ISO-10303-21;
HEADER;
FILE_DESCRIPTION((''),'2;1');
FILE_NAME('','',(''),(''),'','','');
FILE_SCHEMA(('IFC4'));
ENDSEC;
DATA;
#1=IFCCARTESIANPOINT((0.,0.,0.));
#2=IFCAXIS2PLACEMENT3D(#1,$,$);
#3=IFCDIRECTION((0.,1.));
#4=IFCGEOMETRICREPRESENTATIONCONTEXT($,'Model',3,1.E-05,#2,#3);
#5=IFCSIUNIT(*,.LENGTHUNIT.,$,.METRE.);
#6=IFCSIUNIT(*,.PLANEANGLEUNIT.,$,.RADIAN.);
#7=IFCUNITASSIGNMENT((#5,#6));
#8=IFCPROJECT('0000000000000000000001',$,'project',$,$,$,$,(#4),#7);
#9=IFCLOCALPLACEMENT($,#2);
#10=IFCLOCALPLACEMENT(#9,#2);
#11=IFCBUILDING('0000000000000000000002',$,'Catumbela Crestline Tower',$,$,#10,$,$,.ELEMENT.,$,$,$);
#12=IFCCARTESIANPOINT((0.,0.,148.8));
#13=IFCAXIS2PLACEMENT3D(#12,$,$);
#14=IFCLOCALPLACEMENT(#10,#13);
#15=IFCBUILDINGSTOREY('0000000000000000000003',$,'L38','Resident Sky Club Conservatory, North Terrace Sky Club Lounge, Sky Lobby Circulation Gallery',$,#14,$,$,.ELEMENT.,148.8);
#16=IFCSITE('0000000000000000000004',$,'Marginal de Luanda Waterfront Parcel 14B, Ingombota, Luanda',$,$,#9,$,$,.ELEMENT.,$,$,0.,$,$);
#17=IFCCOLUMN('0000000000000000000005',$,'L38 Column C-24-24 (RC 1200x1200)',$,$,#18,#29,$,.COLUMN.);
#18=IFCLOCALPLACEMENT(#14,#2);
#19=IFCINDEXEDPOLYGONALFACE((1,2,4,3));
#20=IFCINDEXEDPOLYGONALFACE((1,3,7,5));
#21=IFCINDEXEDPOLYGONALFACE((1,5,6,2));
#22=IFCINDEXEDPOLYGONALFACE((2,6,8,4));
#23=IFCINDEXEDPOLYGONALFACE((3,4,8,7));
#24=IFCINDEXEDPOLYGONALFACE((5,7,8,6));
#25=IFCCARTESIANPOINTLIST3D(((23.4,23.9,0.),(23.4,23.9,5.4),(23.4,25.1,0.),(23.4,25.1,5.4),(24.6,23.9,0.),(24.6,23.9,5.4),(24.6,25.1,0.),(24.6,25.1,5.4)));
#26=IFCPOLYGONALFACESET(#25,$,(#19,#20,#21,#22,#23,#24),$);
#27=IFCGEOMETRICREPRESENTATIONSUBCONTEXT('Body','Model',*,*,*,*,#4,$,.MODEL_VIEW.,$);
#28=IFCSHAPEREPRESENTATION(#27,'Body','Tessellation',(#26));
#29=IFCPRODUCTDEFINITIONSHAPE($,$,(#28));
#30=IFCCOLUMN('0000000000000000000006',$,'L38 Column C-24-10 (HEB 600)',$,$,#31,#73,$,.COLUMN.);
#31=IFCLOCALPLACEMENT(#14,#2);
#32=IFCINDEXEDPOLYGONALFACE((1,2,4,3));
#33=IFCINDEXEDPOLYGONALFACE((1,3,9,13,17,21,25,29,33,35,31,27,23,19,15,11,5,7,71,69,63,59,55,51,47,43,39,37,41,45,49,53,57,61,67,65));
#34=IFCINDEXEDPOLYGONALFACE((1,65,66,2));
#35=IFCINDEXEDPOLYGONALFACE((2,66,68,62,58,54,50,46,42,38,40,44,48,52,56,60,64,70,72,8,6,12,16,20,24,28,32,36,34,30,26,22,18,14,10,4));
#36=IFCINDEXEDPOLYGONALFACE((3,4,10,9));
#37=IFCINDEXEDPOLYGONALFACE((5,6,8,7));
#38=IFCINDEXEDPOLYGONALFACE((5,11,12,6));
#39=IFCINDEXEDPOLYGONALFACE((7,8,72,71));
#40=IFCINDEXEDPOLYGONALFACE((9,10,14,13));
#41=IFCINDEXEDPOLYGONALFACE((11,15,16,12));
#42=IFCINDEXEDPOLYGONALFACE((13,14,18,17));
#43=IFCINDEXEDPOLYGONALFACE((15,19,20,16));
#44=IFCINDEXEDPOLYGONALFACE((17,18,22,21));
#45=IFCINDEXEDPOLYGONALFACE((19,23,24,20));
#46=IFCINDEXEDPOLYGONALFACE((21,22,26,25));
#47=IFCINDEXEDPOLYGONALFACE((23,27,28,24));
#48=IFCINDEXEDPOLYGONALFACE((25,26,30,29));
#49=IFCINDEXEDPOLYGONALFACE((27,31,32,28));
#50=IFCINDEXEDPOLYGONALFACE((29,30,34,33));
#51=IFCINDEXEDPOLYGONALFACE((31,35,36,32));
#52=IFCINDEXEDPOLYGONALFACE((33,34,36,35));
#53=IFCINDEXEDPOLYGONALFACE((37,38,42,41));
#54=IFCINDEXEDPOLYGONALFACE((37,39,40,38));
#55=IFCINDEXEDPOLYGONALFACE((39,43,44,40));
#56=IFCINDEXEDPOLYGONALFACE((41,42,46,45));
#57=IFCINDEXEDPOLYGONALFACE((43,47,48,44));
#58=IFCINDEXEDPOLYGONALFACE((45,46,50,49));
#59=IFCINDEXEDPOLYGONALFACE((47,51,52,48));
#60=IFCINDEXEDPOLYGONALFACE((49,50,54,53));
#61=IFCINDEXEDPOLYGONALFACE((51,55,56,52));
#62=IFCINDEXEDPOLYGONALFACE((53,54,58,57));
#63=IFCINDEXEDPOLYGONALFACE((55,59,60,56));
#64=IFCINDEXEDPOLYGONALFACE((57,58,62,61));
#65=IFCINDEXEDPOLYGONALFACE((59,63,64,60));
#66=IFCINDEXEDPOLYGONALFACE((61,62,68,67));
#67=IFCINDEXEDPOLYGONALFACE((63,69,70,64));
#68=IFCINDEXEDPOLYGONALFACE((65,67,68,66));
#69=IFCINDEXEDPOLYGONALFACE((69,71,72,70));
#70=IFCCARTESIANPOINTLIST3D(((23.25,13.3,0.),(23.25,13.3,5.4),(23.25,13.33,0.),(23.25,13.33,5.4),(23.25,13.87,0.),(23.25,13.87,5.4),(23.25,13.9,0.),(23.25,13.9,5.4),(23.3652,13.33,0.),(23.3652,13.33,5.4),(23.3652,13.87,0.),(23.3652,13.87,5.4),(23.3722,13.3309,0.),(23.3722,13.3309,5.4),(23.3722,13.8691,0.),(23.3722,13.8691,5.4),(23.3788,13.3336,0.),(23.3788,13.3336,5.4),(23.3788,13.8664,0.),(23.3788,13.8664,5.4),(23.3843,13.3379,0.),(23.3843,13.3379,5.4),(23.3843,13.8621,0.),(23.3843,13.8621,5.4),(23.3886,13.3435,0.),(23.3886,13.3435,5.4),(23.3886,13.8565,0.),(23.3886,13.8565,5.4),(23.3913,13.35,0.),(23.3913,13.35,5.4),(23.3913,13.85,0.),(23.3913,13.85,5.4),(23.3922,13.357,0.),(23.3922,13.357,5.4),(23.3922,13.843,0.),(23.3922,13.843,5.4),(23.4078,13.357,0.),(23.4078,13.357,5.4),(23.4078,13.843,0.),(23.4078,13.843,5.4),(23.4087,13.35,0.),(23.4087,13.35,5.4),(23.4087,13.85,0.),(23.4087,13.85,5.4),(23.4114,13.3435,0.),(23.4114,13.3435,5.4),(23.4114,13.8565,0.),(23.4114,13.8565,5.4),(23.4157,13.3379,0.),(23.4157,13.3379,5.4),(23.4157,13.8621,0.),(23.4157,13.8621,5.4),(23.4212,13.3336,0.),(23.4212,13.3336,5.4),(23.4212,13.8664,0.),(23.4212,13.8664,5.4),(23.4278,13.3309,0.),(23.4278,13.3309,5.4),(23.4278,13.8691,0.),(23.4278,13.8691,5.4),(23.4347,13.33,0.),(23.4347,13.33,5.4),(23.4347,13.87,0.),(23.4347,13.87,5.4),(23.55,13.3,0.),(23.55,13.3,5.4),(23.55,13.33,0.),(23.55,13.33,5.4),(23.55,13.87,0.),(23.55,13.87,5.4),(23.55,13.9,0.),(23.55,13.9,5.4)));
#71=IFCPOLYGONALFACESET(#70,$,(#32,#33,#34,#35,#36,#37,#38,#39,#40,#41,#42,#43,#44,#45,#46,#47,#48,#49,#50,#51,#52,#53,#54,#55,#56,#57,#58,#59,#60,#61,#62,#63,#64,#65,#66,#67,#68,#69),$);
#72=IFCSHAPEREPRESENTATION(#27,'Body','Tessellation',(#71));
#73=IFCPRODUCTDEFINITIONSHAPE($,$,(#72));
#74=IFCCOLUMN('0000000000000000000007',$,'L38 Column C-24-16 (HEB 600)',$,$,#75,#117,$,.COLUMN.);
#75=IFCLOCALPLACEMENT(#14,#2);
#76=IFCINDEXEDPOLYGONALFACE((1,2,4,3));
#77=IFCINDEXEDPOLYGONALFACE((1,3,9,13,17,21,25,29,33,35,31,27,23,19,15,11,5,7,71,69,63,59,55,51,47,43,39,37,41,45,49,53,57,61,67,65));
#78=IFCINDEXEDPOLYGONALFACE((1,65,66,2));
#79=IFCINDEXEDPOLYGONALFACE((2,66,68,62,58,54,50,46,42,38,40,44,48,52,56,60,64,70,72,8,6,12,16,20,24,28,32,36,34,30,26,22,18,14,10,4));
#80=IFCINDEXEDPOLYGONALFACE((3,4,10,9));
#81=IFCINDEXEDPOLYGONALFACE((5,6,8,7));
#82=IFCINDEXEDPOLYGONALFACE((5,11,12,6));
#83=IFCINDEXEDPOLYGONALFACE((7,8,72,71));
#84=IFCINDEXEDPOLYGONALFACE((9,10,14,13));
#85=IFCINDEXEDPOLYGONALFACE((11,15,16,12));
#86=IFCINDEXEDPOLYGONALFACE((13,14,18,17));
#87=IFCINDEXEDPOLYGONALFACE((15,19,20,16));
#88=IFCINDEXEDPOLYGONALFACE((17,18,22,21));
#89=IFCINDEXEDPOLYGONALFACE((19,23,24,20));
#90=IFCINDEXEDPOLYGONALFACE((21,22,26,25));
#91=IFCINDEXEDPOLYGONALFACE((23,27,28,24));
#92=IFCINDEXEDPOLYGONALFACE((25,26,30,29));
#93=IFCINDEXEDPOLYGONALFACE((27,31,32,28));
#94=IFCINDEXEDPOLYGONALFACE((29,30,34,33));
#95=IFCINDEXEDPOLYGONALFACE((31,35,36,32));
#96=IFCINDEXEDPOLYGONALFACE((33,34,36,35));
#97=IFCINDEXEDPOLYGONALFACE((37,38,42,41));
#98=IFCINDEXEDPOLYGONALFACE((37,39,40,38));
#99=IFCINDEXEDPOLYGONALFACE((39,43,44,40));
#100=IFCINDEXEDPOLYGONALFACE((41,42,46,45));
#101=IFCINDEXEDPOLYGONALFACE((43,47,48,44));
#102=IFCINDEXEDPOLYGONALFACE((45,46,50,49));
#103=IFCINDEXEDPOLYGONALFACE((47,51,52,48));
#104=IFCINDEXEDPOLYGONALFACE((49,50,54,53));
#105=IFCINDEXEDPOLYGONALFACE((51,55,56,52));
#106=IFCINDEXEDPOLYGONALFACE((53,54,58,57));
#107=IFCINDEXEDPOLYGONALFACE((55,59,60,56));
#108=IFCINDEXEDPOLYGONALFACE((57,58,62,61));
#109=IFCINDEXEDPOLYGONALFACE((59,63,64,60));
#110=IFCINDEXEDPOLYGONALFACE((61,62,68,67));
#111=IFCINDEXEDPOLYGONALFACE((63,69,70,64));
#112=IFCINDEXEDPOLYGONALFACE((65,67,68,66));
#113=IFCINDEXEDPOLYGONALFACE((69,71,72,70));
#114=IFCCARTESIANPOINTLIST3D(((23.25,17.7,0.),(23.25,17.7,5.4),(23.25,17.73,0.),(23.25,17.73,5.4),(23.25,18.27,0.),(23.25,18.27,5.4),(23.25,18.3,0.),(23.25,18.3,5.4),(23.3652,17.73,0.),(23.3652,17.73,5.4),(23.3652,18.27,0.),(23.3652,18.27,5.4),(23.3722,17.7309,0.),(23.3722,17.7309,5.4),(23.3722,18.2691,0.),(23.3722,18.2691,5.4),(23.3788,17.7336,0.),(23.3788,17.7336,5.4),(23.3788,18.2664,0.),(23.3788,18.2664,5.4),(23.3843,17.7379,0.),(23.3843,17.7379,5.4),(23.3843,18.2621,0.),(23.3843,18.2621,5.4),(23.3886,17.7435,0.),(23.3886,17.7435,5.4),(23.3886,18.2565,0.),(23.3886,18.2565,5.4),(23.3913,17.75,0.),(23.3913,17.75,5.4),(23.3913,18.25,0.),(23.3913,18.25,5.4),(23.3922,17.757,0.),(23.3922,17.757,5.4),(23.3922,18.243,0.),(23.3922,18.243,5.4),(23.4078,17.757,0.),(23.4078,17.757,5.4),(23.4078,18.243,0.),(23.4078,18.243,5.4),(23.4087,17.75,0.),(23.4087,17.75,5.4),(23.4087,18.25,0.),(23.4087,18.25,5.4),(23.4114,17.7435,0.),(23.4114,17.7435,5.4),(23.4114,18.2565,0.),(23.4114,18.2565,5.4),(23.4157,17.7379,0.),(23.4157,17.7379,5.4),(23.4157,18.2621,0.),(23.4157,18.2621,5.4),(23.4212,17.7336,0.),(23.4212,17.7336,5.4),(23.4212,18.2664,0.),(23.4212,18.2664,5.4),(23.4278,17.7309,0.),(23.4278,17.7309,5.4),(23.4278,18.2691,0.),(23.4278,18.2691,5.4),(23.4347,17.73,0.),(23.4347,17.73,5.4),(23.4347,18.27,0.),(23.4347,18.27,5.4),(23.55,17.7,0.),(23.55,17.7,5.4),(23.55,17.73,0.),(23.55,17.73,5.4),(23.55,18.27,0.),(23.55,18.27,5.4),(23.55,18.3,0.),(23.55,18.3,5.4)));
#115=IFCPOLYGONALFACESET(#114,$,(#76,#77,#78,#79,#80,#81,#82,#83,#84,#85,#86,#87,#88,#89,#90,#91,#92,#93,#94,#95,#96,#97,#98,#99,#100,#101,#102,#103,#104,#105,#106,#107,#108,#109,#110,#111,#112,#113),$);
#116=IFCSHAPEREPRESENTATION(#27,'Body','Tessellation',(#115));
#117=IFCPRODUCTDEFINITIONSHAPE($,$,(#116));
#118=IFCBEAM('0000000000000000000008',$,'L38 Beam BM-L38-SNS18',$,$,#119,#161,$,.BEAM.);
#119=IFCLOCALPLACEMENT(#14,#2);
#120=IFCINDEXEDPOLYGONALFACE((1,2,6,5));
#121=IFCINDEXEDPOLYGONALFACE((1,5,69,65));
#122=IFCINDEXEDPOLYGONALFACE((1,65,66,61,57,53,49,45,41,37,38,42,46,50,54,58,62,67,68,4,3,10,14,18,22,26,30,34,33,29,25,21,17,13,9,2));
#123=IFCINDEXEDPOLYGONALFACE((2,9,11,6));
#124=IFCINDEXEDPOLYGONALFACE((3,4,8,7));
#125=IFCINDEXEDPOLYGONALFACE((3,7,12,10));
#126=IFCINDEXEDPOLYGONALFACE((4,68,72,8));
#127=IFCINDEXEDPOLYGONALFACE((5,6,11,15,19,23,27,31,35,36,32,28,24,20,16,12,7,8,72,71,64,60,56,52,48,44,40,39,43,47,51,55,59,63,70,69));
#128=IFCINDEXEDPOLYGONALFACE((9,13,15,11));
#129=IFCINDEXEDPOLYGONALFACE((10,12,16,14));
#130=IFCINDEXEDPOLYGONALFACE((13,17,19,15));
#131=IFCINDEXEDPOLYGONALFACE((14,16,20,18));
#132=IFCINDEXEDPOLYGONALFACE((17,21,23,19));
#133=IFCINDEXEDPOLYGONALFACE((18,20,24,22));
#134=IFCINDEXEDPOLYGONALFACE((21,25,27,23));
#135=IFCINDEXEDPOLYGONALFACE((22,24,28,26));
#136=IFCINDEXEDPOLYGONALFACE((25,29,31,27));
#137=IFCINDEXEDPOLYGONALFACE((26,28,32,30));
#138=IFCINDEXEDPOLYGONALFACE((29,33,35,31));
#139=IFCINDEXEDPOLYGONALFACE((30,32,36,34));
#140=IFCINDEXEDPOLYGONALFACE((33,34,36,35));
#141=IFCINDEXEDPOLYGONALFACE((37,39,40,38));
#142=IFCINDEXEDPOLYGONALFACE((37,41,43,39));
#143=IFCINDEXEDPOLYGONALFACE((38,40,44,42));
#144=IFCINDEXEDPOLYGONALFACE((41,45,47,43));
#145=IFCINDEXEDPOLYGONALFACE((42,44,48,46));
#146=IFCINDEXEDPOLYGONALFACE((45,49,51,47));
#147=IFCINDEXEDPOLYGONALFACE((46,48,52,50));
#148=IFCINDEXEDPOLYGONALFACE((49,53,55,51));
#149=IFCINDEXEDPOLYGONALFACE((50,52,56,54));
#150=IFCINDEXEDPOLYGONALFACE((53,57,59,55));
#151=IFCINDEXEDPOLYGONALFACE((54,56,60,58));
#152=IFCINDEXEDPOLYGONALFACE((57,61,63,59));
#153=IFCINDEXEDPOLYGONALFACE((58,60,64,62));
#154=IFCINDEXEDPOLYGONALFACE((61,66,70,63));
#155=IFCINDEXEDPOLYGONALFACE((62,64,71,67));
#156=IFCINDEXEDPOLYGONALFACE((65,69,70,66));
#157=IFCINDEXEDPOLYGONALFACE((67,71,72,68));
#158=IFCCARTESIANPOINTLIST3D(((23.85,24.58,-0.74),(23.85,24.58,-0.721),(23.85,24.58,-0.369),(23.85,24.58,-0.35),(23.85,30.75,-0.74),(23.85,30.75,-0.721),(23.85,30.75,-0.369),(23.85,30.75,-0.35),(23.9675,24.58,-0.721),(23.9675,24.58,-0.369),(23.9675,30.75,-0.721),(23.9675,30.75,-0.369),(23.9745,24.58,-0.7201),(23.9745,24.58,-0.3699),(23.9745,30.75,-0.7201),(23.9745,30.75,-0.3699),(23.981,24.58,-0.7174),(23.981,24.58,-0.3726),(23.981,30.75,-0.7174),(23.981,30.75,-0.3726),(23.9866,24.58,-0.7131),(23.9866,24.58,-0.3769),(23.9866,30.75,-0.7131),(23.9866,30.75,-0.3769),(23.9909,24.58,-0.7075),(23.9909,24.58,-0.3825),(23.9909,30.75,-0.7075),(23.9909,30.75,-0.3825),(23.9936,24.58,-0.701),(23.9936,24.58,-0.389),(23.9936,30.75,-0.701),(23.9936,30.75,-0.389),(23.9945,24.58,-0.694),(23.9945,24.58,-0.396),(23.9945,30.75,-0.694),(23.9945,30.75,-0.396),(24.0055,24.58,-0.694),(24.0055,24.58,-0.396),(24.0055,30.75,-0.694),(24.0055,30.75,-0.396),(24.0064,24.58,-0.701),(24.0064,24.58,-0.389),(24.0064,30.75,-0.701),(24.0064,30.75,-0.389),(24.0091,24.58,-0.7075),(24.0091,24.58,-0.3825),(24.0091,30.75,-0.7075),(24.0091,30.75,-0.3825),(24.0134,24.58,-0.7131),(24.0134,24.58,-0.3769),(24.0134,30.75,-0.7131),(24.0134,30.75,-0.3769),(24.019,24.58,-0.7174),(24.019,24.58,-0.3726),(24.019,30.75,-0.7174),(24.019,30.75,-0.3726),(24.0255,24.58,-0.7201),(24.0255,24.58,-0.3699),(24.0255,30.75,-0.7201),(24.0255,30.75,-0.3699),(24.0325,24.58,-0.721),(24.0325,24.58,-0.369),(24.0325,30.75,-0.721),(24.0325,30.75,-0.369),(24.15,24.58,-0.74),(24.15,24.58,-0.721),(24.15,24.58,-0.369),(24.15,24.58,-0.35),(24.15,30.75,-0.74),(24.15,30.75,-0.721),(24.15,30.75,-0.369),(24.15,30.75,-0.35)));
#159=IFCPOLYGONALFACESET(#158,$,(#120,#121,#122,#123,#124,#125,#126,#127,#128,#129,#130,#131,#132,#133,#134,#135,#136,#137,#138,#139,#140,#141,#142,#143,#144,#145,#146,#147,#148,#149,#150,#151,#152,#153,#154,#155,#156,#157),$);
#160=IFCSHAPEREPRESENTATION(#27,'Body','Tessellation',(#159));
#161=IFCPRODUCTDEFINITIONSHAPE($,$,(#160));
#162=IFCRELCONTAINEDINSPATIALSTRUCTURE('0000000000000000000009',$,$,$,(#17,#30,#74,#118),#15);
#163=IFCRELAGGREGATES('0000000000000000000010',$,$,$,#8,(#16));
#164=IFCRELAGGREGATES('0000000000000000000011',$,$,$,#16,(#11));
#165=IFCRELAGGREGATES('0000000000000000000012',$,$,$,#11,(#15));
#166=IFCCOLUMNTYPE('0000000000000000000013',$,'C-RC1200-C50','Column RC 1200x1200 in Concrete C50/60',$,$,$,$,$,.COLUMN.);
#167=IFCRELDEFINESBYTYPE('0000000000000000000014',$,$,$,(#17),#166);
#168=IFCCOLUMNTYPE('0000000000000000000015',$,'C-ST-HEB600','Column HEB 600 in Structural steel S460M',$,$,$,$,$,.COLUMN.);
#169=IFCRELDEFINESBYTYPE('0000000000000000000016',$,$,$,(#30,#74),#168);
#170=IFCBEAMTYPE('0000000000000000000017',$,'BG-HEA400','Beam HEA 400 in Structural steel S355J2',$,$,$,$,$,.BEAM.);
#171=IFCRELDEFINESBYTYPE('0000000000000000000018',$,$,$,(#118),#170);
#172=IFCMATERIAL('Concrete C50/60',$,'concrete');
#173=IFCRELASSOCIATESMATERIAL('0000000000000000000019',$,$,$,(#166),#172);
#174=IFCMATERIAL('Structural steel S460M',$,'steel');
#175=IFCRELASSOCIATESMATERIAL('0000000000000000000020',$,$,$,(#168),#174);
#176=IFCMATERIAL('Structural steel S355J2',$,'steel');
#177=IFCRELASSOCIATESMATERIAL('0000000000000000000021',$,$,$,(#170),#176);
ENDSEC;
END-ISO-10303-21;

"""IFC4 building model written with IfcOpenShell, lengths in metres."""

from ifc_helpers import new_model, si_unit, direction, frame, origin, origin_2d, place, context, subcontext, project, spatial, rectangle, i_section, extrude, material, material_profile, profile_set, type_object, element, save


model = new_model("IFC4")

# Units and contexts
model_context = context("Model", 3, precision=1e-05, world=origin(), true_north=direction((0.0, 1.0)))
body_context = subcontext(model_context, "Body", "Model", "MODEL_VIEW")
ifc_project = project(units=[si_unit("LENGTHUNIT", "METRE"), si_unit("PLANEANGLEUNIT", "RADIAN")], contexts=[model_context])

# Site, building, storey
site_placement = place(None, origin())
site = spatial("IfcSite", under=ifc_project, at=site_placement, Name="Marginal de Luanda Waterfront Parcel 14B, Ingombota, Luanda", CompositionType="ELEMENT", RefElevation=0.0)
building_placement = place(site_placement, origin())
building = spatial("IfcBuilding", under=site, at=building_placement, Name="Catumbela Crestline Tower", CompositionType="ELEMENT")
storey_placement = place(building_placement, frame((0.0, 0.0, 148.8)))
storey = spatial("IfcBuildingStorey", under=building, at=storey_placement, Name="L38", Description="Resident Sky Club Conservatory, North Terrace Sky Club Lounge, Sky Lobby Circulation Gallery", CompositionType="ELEMENT", Elevation=148.8)

# Columns
ifc_material_1 = material(Name="Concrete C50/60", Category="concrete")
ifc_material_profile_1 = material_profile(ifc_material_1, rectangle(XDim=1.2, YDim=1.2, at=origin_2d()), Name="RC 1200x1200")
ifc_profile_set_1 = profile_set([ifc_material_profile_1], Name="Concrete C50/60")
column_type_1 = type_object("IfcColumnType", Name="C-RC1200-C50", Description="Column RC 1200x1200 in Concrete C50/60", PredefinedType="COLUMN", material=ifc_profile_set_1)
column_placement = place(storey_placement, frame((24.0, 24.5, 0.0), z_axis=(0.0, 0.0, 1.0), x_axis=(1.0, 0.0, 0.0)))
element("IfcColumn", 1, at=column_placement, inside=storey, type_object=column_type_1, Name="L38 Column C-24-24 (RC 1200x1200)", PredefinedType="COLUMN", context=body_context, shape_type="SweptSolid", body=[
    extrude(rectangle(XDim=1.2, YDim=1.2, at=origin_2d()), origin(), (0.0, 0.0, 1.0), 5.4),
])
ifc_material_2 = material(Name="Structural steel S460M", Category="steel")
ifc_material_profile_2 = material_profile(ifc_material_2, i_section(OverallWidth=0.3, OverallDepth=0.6, WebThickness=0.0155, FlangeThickness=0.03, FilletRadius=0.027, at=origin_2d()), Name="HEB 600")
ifc_profile_set_2 = profile_set([ifc_material_profile_2], Name="Structural steel S460M")
column_type_2 = type_object("IfcColumnType", Name="C-ST-HEB600", Description="Column HEB 600 in Structural steel S460M", PredefinedType="COLUMN", material=ifc_profile_set_2)
for number, where, z_axis, x_axis, name in (
    (2, (23.4, 13.6, 0.0), (0.0, 0.0, 1.0), (1.0, 0.0, 0.0), "L38 Column C-24-10 (HEB 600)"),
    (3, (23.4, 18.0, 0.0), (0.0, 0.0, 1.0), (1.0, 0.0, 0.0), "L38 Column C-24-16 (HEB 600)"),
):
    element("IfcColumn", number, at=place(storey_placement, frame(where, z_axis=z_axis, x_axis=x_axis)), inside=storey, type_object=column_type_2, Name=name, PredefinedType="COLUMN", context=body_context, shape_type="SweptSolid", body=[
        extrude(i_section(OverallWidth=0.3, OverallDepth=0.6, WebThickness=0.0155, FlangeThickness=0.03, FilletRadius=0.027, at=origin_2d()), origin(), (0.0, 0.0, 1.0), 5.4),
    ])

# Beam
ifc_material_3 = material(Name="Structural steel S355J2", Category="steel")
ifc_material_profile_3 = material_profile(ifc_material_3, i_section(OverallWidth=0.3, OverallDepth=0.39, WebThickness=0.011, FlangeThickness=0.019, FilletRadius=0.027, at=origin_2d()), Name="HEA 400")
ifc_profile_set_3 = profile_set([ifc_material_profile_3], Name="Structural steel S355J2")
beam_type_1 = type_object("IfcBeamType", Name="BG-HEA400", Description="Beam HEA 400 in Structural steel S355J2", PredefinedType="BEAM", material=ifc_profile_set_3)
beam_1_placement = place(storey_placement, frame((24.0, 24.58, -0.545), z_axis=(0.0, 1.0, 0.0), x_axis=(-1.0, 0.0, 0.0)))
element("IfcBeam", 4, at=beam_1_placement, inside=storey, type_object=beam_type_1, Name="L38 Beam BM-L38-SNS18", PredefinedType="BEAM", context=body_context, shape_type="SweptSolid", body=[
    extrude(i_section(OverallWidth=0.3, OverallDepth=0.39, WebThickness=0.011, FlangeThickness=0.019, FilletRadius=0.027, at=origin_2d()), origin(), (0.0, 0.0, 1.0), 6.17),
])

save(model, "model.ifc")
